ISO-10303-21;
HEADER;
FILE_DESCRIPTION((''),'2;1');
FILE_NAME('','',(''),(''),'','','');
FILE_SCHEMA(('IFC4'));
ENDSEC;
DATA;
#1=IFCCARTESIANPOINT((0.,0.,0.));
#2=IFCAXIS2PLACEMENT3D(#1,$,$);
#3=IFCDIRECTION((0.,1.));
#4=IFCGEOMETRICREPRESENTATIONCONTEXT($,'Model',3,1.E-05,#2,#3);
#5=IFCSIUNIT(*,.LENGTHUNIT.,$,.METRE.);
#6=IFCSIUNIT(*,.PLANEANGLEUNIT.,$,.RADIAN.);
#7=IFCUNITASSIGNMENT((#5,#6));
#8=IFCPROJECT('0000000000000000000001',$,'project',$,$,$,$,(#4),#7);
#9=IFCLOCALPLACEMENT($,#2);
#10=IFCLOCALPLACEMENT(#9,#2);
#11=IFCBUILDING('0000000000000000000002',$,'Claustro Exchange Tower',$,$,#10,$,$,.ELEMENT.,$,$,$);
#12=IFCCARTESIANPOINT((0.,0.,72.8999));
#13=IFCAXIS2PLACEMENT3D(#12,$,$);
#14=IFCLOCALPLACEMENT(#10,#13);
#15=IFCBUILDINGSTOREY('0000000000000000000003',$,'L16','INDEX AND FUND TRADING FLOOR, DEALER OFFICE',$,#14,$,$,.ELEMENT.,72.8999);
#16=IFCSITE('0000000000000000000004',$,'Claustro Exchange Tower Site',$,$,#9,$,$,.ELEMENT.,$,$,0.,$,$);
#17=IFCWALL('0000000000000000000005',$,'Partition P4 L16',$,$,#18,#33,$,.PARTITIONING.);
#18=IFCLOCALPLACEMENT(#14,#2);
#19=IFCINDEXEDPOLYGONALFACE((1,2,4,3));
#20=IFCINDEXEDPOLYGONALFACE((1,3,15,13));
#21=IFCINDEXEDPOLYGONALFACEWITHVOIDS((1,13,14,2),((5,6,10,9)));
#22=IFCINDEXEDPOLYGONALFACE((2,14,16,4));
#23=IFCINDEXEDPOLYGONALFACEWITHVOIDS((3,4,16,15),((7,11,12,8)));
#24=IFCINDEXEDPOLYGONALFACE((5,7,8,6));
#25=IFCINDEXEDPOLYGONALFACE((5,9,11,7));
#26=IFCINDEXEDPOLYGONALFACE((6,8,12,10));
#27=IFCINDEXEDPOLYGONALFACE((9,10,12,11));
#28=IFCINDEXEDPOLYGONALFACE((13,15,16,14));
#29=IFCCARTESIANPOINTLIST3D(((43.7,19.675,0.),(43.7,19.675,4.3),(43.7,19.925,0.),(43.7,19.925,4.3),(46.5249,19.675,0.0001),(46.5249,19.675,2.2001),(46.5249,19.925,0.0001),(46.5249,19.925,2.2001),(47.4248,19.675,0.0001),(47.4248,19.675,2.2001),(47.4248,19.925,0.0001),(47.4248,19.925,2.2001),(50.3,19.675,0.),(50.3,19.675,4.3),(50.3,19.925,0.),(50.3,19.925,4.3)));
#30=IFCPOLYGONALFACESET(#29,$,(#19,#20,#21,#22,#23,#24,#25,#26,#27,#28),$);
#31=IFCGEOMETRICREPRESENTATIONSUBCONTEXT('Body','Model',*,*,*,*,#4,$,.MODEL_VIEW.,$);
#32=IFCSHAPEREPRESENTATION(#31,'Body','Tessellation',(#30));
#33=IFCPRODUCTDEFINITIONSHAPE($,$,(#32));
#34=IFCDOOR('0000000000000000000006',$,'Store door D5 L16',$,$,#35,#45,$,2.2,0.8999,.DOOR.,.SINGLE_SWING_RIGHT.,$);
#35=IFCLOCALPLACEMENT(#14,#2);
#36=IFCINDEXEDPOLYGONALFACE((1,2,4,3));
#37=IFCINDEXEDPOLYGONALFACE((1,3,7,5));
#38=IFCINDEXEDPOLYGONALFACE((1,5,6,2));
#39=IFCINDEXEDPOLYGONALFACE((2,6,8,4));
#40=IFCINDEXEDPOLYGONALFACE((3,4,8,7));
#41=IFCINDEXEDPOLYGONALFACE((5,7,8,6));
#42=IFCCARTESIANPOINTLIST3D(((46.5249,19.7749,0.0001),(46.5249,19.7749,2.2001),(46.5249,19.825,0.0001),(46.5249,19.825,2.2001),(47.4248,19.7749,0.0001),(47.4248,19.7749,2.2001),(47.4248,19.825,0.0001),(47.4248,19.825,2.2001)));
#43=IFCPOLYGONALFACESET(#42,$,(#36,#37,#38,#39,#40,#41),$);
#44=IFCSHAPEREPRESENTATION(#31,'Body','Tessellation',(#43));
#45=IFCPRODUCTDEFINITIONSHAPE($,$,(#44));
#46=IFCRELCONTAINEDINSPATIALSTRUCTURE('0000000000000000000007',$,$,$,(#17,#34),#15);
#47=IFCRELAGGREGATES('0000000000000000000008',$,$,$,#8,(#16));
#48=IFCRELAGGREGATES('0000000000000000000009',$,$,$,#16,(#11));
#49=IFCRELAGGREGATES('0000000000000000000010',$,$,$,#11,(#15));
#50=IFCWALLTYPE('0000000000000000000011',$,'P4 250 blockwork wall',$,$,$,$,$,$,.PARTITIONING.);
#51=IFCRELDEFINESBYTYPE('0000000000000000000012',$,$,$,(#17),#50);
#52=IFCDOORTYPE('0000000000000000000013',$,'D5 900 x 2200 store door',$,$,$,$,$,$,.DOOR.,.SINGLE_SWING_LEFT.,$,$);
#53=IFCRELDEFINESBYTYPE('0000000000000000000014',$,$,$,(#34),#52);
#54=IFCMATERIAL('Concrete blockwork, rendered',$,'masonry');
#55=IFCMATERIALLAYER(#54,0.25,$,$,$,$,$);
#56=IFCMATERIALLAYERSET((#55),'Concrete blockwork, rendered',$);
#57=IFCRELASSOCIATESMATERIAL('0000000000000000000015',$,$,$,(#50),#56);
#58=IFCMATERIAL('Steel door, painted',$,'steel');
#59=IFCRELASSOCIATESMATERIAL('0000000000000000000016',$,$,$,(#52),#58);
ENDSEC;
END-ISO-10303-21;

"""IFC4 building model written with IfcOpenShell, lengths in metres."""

from ifc_helpers import new_model, si_unit, direction, frame, frame_2d, origin, place, context, subcontext, project, spatial, rectangle, extrude, material, layer, layer_set, type_object, element, fill, save


model = new_model("IFC4")

# Units and contexts
model_context = context("Model", 3, precision=1e-05, world=origin(), true_north=direction((0.0, 1.0)))
body_context = subcontext(model_context, "Body", "Model", "MODEL_VIEW")
ifc_project = project(units=[si_unit("LENGTHUNIT", "METRE"), si_unit("PLANEANGLEUNIT", "RADIAN")], contexts=[model_context])

# Site, building, storey
site_placement = place(None, origin())
site = spatial("IfcSite", under=ifc_project, at=site_placement, Name="Claustro Exchange Tower Site", CompositionType="ELEMENT", RefElevation=0.0)
building_placement = place(site_placement, origin())
building = spatial("IfcBuilding", under=site, at=building_placement, Name="Claustro Exchange Tower", CompositionType="ELEMENT")
storey_placement = place(building_placement, frame((0.0, 0.0, 72.8999)))
storey = spatial("IfcBuildingStorey", under=building, at=storey_placement, Name="L16", Description="INDEX AND FUND TRADING FLOOR, DEALER OFFICE", CompositionType="ELEMENT", Elevation=72.8999)

# Wall, opening, door
ifc_material_1 = material(Name="Concrete blockwork, rendered", Category="masonry")
ifc_layer_1 = layer(ifc_material_1, 0.25)
ifc_layer_set_1 = layer_set([ifc_layer_1], Name="Concrete blockwork, rendered")
wall_type_1 = type_object("IfcWallType", Name="P4 250 blockwork wall", PredefinedType="PARTITIONING", material=ifc_layer_set_1)
wall_1_placement = place(storey_placement, frame((43.7, 19.8, 0.0), z_axis=(0.0, 0.0, 1.0), x_axis=(1.0, 0.0, 0.0)))
wall_1 = element("IfcWall", 1, at=wall_1_placement, inside=storey, type_object=wall_type_1, Name="Partition P4 L16", PredefinedType="PARTITIONING", context=body_context, shape_type="SweptSolid", body=[
    extrude(rectangle(XDim=6.6001, YDim=0.25, at=frame_2d((3.3, 0.0))), origin(), (0.0, 0.0, 1.0), 4.3),
])
opening_1_placement = place(wall_1_placement, frame((2.825, 0.0, 0.0)))
opening_1 = element("IfcOpeningElement", 2, at=opening_1_placement, cuts=wall_1, PredefinedType="OPENING", context=body_context, shape_type="SweptSolid", body=[
    extrude(rectangle(XDim=0.8999, YDim=2.2, at=frame_2d((0.45, 1.1001))), frame((0.0, 0.135, 0.0), z_axis=(0.0, -1.0, 0.0), x_axis=(1.0, 0.0, 0.0)), (0.0, 0.0, 1.0), 0.27),
])
ifc_material_2 = material(Name="Steel door, painted", Category="steel")
door_type_1 = type_object("IfcDoorType", Name="D5 900 x 2200 store door", OperationType="SINGLE_SWING_LEFT", PredefinedType="DOOR", material=ifc_material_2)
door_1_placement = place(opening_1_placement, origin())
door_1 = element("IfcDoor", 3, at=door_1_placement, inside=storey, type_object=door_type_1, Name="Store door D5 L16", OperationType="SINGLE_SWING_RIGHT", OverallHeight=2.2, OverallWidth=0.8999, PredefinedType="DOOR", context=body_context, shape_type="SweptSolid", body=[
    extrude(rectangle(XDim=0.8999, YDim=2.2, at=frame_2d((0.45, 1.1001))), frame((0.0, 0.0249, 0.0), z_axis=(0.0, -1.0, 0.0), x_axis=(1.0, 0.0, 0.0)), (0.0, 0.0, 1.0), 0.05),
])
fill(opening_1, door_1)

save(model, "model.ifc")
